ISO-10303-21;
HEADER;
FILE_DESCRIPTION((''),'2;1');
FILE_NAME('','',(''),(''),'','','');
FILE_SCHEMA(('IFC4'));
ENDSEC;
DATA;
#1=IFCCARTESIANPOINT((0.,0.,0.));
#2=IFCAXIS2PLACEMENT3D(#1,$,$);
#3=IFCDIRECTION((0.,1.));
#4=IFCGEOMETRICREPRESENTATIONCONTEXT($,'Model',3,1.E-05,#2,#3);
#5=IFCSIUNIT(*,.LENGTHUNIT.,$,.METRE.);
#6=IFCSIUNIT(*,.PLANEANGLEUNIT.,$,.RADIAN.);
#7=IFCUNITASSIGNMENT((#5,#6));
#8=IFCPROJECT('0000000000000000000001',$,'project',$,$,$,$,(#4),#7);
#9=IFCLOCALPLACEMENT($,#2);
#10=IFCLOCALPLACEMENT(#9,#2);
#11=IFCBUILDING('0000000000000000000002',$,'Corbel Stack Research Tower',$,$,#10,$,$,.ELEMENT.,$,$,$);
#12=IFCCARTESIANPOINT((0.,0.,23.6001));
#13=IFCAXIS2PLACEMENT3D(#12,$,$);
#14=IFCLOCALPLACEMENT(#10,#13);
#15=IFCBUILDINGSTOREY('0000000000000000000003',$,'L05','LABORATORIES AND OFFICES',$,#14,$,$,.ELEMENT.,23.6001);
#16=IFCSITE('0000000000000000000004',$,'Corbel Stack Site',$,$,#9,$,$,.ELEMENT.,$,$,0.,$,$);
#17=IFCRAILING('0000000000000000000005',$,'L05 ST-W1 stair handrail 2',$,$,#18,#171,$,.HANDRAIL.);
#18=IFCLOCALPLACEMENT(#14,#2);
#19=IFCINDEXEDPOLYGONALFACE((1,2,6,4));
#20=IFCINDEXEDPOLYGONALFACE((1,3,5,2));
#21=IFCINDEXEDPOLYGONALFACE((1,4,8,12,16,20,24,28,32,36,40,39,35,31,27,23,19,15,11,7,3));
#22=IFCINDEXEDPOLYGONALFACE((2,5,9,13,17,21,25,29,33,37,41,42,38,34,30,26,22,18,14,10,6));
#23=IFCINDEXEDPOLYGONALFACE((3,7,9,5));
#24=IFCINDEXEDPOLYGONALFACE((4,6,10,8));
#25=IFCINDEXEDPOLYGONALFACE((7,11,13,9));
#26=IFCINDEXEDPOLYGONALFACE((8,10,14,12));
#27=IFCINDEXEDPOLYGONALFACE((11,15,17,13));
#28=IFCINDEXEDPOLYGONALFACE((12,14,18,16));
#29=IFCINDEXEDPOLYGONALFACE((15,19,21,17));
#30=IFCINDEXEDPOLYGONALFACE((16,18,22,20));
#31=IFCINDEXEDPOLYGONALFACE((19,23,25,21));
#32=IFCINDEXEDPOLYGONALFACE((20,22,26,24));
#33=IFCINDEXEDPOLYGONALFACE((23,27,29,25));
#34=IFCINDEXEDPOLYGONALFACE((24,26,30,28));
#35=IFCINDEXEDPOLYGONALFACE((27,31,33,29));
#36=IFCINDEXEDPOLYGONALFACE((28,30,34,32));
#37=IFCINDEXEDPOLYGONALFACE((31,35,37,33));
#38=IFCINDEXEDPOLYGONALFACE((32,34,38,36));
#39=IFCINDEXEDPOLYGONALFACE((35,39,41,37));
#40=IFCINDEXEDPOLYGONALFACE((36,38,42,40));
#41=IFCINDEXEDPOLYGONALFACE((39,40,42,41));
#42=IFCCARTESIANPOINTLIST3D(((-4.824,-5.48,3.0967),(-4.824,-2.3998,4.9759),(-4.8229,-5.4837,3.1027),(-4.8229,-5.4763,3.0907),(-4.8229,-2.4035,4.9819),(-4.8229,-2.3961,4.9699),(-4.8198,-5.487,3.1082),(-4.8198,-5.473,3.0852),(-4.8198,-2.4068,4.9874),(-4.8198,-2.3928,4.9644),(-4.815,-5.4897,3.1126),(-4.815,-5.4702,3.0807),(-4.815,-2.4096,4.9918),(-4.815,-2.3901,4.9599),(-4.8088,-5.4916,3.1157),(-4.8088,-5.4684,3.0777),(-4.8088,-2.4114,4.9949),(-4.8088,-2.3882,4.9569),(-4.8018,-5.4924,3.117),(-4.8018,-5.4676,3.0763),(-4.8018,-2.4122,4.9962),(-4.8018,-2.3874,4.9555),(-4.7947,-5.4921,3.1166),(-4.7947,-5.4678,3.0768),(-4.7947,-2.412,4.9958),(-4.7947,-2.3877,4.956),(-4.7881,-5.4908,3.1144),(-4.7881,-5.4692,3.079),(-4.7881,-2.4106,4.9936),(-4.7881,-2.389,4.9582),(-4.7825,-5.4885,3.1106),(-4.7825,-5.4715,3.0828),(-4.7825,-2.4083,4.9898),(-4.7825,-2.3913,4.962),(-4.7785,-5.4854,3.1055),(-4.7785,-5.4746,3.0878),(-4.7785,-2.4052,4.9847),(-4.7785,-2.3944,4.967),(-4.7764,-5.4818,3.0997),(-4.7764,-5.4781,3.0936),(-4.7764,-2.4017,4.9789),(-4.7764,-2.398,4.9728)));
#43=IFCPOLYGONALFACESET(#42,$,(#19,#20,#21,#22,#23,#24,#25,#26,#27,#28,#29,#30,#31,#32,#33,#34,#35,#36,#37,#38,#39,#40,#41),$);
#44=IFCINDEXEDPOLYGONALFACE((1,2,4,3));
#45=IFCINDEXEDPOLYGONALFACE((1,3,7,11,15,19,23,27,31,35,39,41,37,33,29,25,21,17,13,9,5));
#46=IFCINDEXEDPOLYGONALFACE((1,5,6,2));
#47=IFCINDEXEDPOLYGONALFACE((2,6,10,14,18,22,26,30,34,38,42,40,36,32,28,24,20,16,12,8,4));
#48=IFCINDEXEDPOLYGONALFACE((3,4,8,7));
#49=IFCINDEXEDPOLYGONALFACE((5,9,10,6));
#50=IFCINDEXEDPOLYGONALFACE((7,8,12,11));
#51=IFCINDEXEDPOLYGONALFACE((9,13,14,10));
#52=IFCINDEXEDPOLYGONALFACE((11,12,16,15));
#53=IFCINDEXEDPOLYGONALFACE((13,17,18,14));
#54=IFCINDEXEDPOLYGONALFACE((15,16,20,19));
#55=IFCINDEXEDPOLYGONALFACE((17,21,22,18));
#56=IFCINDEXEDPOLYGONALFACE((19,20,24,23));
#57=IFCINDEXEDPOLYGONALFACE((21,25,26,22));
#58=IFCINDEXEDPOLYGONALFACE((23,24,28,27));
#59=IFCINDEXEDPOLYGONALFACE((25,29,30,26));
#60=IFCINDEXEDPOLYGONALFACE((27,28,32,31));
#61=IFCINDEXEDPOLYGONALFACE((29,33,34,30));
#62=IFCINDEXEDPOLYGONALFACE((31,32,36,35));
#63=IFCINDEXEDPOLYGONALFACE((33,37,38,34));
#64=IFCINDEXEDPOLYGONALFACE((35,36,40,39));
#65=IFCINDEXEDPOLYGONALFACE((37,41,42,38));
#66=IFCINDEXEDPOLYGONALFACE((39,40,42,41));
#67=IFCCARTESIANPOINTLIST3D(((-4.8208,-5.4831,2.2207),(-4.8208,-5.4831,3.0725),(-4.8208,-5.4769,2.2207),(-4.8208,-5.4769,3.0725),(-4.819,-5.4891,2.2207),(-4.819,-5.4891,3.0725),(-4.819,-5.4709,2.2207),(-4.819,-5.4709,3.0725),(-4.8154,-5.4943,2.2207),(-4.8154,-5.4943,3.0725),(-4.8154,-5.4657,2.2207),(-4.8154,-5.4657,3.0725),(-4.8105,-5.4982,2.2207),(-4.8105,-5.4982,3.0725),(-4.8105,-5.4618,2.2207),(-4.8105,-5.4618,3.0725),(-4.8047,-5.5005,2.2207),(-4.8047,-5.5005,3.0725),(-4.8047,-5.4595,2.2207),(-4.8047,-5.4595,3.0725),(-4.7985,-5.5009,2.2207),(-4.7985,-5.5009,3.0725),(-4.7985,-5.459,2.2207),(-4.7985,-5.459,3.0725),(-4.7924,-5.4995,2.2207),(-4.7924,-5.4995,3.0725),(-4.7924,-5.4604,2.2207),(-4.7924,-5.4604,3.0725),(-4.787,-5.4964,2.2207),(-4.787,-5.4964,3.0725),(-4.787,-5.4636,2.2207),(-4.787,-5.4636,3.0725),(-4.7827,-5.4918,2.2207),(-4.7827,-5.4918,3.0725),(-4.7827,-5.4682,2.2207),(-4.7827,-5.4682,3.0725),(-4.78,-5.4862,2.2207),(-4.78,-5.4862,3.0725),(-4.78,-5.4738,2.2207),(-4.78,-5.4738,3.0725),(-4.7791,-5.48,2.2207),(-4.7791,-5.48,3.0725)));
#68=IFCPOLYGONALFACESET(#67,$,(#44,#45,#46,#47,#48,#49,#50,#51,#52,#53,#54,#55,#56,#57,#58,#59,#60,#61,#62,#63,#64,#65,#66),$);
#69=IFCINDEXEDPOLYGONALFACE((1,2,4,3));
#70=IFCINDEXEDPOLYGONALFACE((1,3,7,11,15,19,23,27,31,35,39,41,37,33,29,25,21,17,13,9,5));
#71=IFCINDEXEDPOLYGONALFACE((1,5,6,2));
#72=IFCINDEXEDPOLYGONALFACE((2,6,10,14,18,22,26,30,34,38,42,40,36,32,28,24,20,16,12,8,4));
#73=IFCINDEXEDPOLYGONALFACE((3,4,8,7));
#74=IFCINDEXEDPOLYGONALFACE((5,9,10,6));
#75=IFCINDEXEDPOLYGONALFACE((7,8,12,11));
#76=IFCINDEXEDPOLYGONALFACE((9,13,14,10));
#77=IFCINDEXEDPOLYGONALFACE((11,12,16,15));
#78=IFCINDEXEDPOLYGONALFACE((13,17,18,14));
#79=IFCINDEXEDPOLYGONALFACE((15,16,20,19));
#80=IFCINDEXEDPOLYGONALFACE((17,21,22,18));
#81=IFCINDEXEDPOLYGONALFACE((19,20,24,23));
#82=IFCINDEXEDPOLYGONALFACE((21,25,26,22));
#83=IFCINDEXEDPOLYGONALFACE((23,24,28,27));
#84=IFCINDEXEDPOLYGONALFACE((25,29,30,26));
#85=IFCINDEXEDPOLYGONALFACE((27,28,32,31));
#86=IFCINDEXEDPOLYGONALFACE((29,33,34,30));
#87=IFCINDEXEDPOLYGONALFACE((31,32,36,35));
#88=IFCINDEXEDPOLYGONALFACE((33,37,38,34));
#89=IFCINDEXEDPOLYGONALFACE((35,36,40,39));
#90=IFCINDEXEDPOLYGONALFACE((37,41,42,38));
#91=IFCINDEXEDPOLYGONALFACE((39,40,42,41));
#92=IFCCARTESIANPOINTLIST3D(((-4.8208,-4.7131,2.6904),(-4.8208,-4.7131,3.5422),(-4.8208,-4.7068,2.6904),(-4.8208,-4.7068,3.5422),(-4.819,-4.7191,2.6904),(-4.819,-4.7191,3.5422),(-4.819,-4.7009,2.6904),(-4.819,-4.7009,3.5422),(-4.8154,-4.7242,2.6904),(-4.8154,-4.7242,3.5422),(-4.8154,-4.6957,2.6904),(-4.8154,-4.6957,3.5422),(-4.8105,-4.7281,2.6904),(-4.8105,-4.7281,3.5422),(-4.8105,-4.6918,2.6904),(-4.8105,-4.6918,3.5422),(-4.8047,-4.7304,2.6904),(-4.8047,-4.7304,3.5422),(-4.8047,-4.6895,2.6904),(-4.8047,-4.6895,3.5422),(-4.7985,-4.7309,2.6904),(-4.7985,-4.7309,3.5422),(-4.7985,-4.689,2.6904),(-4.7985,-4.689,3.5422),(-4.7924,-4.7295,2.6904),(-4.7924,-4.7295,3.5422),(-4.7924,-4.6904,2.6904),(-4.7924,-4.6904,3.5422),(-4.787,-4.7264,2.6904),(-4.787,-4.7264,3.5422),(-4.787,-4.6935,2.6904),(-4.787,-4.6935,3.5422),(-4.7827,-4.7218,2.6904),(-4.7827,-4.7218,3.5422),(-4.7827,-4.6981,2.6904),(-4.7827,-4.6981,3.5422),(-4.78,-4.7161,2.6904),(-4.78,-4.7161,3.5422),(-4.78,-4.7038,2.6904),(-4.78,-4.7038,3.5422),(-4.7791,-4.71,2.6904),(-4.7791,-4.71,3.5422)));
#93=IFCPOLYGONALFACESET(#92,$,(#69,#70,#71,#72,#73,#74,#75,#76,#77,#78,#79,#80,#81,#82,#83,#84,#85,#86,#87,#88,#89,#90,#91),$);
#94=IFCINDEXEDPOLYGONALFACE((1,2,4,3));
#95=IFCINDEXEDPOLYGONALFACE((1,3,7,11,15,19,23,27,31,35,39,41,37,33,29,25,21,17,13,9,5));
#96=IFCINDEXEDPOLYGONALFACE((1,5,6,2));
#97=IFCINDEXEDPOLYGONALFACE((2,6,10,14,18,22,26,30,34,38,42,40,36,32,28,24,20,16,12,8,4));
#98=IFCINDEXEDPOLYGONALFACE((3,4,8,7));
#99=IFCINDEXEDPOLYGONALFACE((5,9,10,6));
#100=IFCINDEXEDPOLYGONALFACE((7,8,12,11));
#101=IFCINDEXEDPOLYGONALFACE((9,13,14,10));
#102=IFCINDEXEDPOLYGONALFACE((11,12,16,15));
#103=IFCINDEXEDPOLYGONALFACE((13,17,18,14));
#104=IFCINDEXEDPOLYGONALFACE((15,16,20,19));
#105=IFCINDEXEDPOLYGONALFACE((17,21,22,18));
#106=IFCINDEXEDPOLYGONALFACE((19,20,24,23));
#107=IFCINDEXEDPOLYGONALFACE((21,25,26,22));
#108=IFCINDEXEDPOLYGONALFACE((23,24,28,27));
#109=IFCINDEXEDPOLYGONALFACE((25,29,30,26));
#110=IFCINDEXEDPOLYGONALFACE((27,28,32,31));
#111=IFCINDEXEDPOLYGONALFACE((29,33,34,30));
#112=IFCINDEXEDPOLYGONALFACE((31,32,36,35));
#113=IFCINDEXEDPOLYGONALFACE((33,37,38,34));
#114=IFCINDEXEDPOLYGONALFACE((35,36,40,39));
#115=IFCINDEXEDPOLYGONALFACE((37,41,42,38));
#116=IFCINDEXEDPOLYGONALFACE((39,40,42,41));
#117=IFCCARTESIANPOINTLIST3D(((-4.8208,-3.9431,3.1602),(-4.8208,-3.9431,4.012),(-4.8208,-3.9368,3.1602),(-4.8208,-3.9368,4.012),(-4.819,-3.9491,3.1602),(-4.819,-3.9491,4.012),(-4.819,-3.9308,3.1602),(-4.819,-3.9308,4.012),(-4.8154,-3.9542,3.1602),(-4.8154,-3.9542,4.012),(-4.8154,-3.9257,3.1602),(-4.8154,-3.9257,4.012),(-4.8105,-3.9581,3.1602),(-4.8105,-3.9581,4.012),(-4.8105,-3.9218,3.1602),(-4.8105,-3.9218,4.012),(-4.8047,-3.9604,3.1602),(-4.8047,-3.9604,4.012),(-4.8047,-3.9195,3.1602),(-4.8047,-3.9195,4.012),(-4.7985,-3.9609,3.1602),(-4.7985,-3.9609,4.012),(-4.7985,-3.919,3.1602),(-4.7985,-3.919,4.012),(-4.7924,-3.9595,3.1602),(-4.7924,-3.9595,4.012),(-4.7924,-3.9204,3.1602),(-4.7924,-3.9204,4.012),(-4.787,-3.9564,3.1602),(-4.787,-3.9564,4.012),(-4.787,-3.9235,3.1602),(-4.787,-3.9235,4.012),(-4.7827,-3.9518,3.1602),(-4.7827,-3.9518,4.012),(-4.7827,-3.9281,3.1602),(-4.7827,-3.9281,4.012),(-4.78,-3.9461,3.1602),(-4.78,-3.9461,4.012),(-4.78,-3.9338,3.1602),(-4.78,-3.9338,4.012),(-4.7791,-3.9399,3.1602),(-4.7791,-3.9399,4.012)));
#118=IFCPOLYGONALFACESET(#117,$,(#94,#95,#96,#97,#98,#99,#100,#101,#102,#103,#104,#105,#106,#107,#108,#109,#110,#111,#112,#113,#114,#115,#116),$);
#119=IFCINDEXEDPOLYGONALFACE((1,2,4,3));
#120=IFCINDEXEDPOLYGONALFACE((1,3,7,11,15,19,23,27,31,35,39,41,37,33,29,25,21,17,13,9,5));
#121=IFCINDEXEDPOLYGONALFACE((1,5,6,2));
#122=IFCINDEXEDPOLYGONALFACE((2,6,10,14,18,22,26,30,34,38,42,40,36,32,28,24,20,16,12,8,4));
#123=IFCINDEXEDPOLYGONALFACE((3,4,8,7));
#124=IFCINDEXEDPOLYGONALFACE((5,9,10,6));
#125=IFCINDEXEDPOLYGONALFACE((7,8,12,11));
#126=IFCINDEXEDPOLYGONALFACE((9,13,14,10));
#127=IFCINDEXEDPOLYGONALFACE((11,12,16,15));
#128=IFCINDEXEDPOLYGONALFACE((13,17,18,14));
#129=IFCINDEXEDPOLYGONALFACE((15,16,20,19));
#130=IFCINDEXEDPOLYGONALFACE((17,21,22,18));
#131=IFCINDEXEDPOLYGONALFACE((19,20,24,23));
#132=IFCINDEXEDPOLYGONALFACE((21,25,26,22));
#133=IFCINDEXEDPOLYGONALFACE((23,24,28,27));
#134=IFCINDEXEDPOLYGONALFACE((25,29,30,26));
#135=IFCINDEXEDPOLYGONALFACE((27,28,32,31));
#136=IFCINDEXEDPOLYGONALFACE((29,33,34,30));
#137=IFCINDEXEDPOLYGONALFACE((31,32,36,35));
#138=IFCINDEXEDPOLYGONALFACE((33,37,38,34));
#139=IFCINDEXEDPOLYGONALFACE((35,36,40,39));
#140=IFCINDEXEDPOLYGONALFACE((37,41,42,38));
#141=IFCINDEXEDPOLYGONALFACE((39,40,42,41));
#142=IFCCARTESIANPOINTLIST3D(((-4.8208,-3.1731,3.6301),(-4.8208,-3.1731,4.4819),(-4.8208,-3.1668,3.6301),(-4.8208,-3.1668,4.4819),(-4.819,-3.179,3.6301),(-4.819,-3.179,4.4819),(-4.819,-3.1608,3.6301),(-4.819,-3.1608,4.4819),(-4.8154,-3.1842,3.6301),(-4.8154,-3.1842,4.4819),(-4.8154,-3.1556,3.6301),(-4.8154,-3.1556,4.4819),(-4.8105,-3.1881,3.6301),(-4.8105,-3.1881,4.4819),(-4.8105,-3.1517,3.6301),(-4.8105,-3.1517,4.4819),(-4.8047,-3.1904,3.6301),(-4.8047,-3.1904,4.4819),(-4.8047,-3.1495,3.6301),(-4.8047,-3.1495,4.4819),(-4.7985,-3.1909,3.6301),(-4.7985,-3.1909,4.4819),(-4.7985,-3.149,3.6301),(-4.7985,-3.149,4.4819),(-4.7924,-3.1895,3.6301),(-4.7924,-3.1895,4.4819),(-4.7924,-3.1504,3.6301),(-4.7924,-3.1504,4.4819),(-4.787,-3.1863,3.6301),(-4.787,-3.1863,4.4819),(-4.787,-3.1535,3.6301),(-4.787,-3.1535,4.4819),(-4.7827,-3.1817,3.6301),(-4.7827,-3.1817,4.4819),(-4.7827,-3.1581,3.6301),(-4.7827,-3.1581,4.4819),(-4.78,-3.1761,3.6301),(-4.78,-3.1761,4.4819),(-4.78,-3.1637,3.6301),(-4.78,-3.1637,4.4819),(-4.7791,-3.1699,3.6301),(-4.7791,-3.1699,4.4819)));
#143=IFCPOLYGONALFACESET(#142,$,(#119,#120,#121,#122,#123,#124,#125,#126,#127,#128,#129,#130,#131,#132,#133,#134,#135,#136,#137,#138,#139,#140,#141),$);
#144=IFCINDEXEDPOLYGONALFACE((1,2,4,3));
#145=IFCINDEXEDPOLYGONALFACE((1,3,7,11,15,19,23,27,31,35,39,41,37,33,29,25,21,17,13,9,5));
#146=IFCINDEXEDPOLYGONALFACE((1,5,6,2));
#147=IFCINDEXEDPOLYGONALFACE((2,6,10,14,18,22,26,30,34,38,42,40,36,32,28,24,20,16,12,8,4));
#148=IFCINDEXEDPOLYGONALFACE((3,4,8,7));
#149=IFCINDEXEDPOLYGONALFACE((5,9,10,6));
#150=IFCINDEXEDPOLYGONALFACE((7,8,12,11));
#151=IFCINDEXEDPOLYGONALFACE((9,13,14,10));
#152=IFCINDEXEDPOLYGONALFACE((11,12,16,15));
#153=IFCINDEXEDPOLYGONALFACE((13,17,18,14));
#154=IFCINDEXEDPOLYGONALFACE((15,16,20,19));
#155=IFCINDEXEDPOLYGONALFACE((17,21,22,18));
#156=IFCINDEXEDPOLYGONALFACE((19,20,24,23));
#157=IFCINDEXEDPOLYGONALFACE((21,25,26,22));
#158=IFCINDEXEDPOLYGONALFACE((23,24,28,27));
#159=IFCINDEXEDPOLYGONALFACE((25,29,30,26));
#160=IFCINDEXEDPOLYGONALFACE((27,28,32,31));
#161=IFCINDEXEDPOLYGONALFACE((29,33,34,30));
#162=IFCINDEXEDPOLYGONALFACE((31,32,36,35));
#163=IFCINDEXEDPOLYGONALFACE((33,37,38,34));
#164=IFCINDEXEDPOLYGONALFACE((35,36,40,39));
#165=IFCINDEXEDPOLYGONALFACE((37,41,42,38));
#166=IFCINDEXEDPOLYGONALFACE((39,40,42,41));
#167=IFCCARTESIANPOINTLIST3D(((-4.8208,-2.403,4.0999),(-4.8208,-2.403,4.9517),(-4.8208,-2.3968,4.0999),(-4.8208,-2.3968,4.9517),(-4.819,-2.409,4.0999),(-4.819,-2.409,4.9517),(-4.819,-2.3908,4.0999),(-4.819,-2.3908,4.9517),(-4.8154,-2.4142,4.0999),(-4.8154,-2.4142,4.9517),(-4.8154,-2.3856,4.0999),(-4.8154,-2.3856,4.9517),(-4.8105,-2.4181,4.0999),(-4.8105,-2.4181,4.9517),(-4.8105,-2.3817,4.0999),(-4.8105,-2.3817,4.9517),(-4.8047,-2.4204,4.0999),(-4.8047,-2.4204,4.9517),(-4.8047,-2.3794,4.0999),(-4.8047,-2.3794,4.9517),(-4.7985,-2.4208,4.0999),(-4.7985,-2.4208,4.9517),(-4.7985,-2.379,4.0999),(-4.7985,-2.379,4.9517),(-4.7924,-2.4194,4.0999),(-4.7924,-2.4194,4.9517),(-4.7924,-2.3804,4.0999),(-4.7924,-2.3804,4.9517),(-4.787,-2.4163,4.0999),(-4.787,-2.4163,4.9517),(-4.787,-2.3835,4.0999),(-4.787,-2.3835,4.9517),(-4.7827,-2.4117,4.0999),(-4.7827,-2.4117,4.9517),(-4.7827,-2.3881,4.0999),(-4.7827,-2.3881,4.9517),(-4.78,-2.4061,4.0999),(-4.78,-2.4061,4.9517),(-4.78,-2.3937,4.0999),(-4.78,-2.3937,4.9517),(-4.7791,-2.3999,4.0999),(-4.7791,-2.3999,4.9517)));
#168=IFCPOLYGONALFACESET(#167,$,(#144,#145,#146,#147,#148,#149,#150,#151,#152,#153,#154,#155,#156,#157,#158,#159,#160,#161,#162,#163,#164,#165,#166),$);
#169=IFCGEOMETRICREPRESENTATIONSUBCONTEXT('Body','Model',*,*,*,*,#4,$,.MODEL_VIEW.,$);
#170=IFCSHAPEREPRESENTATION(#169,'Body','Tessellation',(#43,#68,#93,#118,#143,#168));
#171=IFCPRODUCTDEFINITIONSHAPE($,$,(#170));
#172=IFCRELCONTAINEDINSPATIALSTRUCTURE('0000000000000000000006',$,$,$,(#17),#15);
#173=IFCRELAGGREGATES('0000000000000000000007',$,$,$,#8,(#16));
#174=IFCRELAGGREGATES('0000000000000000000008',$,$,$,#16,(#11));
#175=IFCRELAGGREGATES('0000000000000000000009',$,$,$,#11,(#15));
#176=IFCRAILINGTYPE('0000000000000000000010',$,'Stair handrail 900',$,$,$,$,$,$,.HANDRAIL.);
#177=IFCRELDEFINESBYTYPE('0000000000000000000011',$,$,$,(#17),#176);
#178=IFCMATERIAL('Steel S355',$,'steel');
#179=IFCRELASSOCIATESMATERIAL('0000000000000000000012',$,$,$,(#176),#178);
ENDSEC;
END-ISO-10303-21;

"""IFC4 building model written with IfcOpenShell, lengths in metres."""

from ifc_helpers import new_model, si_unit, direction, frame, origin, origin_2d, place, context, subcontext, project, spatial, circle, extrude, material, type_object, element, save


model = new_model("IFC4")

# Units and contexts
model_context = context("Model", 3, precision=1e-05, world=origin(), true_north=direction((0.0, 1.0)))
body_context = subcontext(model_context, "Body", "Model", "MODEL_VIEW")
ifc_project = project(units=[si_unit("LENGTHUNIT", "METRE"), si_unit("PLANEANGLEUNIT", "RADIAN")], contexts=[model_context])

# Site, building, storey
site_placement = place(None, origin())
site = spatial("IfcSite", under=ifc_project, at=site_placement, Name="Corbel Stack Site", CompositionType="ELEMENT", RefElevation=0.0)
building_placement = place(site_placement, origin())
building = spatial("IfcBuilding", under=site, at=building_placement, Name="Corbel Stack Research Tower", CompositionType="ELEMENT")
storey_placement = place(building_placement, frame((0.0, 0.0, 23.6001)))
storey = spatial("IfcBuildingStorey", under=building, at=storey_placement, Name="L05", Description="LABORATORIES AND OFFICES", CompositionType="ELEMENT", Elevation=23.6001)

# Railing
ifc_material_1 = material(Name="Steel S355", Category="steel")
railing_type_1 = type_object("IfcRailingType", Name="Stair handrail 900", PredefinedType="HANDRAIL", material=ifc_material_1)
railing_1_placement = place(storey_placement, frame((-4.8, -5.48, 2.2207)))
element("IfcRailing", 1, at=railing_1_placement, inside=storey, type_object=railing_type_1, Name="L05 ST-W1 stair handrail 2", PredefinedType="HANDRAIL", context=body_context, shape_type="SweptSolid", body=[
    extrude(circle(Radius=0.0239, at=origin_2d()), frame((0.0, 0.0, 0.876), z_axis=(0.0, 0.853666, 0.52082), x_axis=(-1.0, 0.0, 0.0)), (0.0, 0.0, 1.0), 3.6082),
    extrude(circle(Radius=0.021, at=origin_2d()), origin(), (0.0, 0.0, 1.0), 0.8518),
    extrude(circle(Radius=0.021, at=origin_2d()), frame((0.0, 0.77, 0.4697)), (0.0, 0.0, 1.0), 0.8518),
    extrude(circle(Radius=0.021, at=origin_2d()), frame((0.0, 1.54, 0.9395)), (0.0, 0.0, 1.0), 0.8518),
    extrude(circle(Radius=0.021, at=origin_2d()), frame((0.0, 2.3101, 1.4094)), (0.0, 0.0, 1.0), 0.8518),
    extrude(circle(Radius=0.021, at=origin_2d()), frame((0.0, 3.0801, 1.8792)), (0.0, 0.0, 1.0), 0.8518),
])

save(model, "model.ifc")
